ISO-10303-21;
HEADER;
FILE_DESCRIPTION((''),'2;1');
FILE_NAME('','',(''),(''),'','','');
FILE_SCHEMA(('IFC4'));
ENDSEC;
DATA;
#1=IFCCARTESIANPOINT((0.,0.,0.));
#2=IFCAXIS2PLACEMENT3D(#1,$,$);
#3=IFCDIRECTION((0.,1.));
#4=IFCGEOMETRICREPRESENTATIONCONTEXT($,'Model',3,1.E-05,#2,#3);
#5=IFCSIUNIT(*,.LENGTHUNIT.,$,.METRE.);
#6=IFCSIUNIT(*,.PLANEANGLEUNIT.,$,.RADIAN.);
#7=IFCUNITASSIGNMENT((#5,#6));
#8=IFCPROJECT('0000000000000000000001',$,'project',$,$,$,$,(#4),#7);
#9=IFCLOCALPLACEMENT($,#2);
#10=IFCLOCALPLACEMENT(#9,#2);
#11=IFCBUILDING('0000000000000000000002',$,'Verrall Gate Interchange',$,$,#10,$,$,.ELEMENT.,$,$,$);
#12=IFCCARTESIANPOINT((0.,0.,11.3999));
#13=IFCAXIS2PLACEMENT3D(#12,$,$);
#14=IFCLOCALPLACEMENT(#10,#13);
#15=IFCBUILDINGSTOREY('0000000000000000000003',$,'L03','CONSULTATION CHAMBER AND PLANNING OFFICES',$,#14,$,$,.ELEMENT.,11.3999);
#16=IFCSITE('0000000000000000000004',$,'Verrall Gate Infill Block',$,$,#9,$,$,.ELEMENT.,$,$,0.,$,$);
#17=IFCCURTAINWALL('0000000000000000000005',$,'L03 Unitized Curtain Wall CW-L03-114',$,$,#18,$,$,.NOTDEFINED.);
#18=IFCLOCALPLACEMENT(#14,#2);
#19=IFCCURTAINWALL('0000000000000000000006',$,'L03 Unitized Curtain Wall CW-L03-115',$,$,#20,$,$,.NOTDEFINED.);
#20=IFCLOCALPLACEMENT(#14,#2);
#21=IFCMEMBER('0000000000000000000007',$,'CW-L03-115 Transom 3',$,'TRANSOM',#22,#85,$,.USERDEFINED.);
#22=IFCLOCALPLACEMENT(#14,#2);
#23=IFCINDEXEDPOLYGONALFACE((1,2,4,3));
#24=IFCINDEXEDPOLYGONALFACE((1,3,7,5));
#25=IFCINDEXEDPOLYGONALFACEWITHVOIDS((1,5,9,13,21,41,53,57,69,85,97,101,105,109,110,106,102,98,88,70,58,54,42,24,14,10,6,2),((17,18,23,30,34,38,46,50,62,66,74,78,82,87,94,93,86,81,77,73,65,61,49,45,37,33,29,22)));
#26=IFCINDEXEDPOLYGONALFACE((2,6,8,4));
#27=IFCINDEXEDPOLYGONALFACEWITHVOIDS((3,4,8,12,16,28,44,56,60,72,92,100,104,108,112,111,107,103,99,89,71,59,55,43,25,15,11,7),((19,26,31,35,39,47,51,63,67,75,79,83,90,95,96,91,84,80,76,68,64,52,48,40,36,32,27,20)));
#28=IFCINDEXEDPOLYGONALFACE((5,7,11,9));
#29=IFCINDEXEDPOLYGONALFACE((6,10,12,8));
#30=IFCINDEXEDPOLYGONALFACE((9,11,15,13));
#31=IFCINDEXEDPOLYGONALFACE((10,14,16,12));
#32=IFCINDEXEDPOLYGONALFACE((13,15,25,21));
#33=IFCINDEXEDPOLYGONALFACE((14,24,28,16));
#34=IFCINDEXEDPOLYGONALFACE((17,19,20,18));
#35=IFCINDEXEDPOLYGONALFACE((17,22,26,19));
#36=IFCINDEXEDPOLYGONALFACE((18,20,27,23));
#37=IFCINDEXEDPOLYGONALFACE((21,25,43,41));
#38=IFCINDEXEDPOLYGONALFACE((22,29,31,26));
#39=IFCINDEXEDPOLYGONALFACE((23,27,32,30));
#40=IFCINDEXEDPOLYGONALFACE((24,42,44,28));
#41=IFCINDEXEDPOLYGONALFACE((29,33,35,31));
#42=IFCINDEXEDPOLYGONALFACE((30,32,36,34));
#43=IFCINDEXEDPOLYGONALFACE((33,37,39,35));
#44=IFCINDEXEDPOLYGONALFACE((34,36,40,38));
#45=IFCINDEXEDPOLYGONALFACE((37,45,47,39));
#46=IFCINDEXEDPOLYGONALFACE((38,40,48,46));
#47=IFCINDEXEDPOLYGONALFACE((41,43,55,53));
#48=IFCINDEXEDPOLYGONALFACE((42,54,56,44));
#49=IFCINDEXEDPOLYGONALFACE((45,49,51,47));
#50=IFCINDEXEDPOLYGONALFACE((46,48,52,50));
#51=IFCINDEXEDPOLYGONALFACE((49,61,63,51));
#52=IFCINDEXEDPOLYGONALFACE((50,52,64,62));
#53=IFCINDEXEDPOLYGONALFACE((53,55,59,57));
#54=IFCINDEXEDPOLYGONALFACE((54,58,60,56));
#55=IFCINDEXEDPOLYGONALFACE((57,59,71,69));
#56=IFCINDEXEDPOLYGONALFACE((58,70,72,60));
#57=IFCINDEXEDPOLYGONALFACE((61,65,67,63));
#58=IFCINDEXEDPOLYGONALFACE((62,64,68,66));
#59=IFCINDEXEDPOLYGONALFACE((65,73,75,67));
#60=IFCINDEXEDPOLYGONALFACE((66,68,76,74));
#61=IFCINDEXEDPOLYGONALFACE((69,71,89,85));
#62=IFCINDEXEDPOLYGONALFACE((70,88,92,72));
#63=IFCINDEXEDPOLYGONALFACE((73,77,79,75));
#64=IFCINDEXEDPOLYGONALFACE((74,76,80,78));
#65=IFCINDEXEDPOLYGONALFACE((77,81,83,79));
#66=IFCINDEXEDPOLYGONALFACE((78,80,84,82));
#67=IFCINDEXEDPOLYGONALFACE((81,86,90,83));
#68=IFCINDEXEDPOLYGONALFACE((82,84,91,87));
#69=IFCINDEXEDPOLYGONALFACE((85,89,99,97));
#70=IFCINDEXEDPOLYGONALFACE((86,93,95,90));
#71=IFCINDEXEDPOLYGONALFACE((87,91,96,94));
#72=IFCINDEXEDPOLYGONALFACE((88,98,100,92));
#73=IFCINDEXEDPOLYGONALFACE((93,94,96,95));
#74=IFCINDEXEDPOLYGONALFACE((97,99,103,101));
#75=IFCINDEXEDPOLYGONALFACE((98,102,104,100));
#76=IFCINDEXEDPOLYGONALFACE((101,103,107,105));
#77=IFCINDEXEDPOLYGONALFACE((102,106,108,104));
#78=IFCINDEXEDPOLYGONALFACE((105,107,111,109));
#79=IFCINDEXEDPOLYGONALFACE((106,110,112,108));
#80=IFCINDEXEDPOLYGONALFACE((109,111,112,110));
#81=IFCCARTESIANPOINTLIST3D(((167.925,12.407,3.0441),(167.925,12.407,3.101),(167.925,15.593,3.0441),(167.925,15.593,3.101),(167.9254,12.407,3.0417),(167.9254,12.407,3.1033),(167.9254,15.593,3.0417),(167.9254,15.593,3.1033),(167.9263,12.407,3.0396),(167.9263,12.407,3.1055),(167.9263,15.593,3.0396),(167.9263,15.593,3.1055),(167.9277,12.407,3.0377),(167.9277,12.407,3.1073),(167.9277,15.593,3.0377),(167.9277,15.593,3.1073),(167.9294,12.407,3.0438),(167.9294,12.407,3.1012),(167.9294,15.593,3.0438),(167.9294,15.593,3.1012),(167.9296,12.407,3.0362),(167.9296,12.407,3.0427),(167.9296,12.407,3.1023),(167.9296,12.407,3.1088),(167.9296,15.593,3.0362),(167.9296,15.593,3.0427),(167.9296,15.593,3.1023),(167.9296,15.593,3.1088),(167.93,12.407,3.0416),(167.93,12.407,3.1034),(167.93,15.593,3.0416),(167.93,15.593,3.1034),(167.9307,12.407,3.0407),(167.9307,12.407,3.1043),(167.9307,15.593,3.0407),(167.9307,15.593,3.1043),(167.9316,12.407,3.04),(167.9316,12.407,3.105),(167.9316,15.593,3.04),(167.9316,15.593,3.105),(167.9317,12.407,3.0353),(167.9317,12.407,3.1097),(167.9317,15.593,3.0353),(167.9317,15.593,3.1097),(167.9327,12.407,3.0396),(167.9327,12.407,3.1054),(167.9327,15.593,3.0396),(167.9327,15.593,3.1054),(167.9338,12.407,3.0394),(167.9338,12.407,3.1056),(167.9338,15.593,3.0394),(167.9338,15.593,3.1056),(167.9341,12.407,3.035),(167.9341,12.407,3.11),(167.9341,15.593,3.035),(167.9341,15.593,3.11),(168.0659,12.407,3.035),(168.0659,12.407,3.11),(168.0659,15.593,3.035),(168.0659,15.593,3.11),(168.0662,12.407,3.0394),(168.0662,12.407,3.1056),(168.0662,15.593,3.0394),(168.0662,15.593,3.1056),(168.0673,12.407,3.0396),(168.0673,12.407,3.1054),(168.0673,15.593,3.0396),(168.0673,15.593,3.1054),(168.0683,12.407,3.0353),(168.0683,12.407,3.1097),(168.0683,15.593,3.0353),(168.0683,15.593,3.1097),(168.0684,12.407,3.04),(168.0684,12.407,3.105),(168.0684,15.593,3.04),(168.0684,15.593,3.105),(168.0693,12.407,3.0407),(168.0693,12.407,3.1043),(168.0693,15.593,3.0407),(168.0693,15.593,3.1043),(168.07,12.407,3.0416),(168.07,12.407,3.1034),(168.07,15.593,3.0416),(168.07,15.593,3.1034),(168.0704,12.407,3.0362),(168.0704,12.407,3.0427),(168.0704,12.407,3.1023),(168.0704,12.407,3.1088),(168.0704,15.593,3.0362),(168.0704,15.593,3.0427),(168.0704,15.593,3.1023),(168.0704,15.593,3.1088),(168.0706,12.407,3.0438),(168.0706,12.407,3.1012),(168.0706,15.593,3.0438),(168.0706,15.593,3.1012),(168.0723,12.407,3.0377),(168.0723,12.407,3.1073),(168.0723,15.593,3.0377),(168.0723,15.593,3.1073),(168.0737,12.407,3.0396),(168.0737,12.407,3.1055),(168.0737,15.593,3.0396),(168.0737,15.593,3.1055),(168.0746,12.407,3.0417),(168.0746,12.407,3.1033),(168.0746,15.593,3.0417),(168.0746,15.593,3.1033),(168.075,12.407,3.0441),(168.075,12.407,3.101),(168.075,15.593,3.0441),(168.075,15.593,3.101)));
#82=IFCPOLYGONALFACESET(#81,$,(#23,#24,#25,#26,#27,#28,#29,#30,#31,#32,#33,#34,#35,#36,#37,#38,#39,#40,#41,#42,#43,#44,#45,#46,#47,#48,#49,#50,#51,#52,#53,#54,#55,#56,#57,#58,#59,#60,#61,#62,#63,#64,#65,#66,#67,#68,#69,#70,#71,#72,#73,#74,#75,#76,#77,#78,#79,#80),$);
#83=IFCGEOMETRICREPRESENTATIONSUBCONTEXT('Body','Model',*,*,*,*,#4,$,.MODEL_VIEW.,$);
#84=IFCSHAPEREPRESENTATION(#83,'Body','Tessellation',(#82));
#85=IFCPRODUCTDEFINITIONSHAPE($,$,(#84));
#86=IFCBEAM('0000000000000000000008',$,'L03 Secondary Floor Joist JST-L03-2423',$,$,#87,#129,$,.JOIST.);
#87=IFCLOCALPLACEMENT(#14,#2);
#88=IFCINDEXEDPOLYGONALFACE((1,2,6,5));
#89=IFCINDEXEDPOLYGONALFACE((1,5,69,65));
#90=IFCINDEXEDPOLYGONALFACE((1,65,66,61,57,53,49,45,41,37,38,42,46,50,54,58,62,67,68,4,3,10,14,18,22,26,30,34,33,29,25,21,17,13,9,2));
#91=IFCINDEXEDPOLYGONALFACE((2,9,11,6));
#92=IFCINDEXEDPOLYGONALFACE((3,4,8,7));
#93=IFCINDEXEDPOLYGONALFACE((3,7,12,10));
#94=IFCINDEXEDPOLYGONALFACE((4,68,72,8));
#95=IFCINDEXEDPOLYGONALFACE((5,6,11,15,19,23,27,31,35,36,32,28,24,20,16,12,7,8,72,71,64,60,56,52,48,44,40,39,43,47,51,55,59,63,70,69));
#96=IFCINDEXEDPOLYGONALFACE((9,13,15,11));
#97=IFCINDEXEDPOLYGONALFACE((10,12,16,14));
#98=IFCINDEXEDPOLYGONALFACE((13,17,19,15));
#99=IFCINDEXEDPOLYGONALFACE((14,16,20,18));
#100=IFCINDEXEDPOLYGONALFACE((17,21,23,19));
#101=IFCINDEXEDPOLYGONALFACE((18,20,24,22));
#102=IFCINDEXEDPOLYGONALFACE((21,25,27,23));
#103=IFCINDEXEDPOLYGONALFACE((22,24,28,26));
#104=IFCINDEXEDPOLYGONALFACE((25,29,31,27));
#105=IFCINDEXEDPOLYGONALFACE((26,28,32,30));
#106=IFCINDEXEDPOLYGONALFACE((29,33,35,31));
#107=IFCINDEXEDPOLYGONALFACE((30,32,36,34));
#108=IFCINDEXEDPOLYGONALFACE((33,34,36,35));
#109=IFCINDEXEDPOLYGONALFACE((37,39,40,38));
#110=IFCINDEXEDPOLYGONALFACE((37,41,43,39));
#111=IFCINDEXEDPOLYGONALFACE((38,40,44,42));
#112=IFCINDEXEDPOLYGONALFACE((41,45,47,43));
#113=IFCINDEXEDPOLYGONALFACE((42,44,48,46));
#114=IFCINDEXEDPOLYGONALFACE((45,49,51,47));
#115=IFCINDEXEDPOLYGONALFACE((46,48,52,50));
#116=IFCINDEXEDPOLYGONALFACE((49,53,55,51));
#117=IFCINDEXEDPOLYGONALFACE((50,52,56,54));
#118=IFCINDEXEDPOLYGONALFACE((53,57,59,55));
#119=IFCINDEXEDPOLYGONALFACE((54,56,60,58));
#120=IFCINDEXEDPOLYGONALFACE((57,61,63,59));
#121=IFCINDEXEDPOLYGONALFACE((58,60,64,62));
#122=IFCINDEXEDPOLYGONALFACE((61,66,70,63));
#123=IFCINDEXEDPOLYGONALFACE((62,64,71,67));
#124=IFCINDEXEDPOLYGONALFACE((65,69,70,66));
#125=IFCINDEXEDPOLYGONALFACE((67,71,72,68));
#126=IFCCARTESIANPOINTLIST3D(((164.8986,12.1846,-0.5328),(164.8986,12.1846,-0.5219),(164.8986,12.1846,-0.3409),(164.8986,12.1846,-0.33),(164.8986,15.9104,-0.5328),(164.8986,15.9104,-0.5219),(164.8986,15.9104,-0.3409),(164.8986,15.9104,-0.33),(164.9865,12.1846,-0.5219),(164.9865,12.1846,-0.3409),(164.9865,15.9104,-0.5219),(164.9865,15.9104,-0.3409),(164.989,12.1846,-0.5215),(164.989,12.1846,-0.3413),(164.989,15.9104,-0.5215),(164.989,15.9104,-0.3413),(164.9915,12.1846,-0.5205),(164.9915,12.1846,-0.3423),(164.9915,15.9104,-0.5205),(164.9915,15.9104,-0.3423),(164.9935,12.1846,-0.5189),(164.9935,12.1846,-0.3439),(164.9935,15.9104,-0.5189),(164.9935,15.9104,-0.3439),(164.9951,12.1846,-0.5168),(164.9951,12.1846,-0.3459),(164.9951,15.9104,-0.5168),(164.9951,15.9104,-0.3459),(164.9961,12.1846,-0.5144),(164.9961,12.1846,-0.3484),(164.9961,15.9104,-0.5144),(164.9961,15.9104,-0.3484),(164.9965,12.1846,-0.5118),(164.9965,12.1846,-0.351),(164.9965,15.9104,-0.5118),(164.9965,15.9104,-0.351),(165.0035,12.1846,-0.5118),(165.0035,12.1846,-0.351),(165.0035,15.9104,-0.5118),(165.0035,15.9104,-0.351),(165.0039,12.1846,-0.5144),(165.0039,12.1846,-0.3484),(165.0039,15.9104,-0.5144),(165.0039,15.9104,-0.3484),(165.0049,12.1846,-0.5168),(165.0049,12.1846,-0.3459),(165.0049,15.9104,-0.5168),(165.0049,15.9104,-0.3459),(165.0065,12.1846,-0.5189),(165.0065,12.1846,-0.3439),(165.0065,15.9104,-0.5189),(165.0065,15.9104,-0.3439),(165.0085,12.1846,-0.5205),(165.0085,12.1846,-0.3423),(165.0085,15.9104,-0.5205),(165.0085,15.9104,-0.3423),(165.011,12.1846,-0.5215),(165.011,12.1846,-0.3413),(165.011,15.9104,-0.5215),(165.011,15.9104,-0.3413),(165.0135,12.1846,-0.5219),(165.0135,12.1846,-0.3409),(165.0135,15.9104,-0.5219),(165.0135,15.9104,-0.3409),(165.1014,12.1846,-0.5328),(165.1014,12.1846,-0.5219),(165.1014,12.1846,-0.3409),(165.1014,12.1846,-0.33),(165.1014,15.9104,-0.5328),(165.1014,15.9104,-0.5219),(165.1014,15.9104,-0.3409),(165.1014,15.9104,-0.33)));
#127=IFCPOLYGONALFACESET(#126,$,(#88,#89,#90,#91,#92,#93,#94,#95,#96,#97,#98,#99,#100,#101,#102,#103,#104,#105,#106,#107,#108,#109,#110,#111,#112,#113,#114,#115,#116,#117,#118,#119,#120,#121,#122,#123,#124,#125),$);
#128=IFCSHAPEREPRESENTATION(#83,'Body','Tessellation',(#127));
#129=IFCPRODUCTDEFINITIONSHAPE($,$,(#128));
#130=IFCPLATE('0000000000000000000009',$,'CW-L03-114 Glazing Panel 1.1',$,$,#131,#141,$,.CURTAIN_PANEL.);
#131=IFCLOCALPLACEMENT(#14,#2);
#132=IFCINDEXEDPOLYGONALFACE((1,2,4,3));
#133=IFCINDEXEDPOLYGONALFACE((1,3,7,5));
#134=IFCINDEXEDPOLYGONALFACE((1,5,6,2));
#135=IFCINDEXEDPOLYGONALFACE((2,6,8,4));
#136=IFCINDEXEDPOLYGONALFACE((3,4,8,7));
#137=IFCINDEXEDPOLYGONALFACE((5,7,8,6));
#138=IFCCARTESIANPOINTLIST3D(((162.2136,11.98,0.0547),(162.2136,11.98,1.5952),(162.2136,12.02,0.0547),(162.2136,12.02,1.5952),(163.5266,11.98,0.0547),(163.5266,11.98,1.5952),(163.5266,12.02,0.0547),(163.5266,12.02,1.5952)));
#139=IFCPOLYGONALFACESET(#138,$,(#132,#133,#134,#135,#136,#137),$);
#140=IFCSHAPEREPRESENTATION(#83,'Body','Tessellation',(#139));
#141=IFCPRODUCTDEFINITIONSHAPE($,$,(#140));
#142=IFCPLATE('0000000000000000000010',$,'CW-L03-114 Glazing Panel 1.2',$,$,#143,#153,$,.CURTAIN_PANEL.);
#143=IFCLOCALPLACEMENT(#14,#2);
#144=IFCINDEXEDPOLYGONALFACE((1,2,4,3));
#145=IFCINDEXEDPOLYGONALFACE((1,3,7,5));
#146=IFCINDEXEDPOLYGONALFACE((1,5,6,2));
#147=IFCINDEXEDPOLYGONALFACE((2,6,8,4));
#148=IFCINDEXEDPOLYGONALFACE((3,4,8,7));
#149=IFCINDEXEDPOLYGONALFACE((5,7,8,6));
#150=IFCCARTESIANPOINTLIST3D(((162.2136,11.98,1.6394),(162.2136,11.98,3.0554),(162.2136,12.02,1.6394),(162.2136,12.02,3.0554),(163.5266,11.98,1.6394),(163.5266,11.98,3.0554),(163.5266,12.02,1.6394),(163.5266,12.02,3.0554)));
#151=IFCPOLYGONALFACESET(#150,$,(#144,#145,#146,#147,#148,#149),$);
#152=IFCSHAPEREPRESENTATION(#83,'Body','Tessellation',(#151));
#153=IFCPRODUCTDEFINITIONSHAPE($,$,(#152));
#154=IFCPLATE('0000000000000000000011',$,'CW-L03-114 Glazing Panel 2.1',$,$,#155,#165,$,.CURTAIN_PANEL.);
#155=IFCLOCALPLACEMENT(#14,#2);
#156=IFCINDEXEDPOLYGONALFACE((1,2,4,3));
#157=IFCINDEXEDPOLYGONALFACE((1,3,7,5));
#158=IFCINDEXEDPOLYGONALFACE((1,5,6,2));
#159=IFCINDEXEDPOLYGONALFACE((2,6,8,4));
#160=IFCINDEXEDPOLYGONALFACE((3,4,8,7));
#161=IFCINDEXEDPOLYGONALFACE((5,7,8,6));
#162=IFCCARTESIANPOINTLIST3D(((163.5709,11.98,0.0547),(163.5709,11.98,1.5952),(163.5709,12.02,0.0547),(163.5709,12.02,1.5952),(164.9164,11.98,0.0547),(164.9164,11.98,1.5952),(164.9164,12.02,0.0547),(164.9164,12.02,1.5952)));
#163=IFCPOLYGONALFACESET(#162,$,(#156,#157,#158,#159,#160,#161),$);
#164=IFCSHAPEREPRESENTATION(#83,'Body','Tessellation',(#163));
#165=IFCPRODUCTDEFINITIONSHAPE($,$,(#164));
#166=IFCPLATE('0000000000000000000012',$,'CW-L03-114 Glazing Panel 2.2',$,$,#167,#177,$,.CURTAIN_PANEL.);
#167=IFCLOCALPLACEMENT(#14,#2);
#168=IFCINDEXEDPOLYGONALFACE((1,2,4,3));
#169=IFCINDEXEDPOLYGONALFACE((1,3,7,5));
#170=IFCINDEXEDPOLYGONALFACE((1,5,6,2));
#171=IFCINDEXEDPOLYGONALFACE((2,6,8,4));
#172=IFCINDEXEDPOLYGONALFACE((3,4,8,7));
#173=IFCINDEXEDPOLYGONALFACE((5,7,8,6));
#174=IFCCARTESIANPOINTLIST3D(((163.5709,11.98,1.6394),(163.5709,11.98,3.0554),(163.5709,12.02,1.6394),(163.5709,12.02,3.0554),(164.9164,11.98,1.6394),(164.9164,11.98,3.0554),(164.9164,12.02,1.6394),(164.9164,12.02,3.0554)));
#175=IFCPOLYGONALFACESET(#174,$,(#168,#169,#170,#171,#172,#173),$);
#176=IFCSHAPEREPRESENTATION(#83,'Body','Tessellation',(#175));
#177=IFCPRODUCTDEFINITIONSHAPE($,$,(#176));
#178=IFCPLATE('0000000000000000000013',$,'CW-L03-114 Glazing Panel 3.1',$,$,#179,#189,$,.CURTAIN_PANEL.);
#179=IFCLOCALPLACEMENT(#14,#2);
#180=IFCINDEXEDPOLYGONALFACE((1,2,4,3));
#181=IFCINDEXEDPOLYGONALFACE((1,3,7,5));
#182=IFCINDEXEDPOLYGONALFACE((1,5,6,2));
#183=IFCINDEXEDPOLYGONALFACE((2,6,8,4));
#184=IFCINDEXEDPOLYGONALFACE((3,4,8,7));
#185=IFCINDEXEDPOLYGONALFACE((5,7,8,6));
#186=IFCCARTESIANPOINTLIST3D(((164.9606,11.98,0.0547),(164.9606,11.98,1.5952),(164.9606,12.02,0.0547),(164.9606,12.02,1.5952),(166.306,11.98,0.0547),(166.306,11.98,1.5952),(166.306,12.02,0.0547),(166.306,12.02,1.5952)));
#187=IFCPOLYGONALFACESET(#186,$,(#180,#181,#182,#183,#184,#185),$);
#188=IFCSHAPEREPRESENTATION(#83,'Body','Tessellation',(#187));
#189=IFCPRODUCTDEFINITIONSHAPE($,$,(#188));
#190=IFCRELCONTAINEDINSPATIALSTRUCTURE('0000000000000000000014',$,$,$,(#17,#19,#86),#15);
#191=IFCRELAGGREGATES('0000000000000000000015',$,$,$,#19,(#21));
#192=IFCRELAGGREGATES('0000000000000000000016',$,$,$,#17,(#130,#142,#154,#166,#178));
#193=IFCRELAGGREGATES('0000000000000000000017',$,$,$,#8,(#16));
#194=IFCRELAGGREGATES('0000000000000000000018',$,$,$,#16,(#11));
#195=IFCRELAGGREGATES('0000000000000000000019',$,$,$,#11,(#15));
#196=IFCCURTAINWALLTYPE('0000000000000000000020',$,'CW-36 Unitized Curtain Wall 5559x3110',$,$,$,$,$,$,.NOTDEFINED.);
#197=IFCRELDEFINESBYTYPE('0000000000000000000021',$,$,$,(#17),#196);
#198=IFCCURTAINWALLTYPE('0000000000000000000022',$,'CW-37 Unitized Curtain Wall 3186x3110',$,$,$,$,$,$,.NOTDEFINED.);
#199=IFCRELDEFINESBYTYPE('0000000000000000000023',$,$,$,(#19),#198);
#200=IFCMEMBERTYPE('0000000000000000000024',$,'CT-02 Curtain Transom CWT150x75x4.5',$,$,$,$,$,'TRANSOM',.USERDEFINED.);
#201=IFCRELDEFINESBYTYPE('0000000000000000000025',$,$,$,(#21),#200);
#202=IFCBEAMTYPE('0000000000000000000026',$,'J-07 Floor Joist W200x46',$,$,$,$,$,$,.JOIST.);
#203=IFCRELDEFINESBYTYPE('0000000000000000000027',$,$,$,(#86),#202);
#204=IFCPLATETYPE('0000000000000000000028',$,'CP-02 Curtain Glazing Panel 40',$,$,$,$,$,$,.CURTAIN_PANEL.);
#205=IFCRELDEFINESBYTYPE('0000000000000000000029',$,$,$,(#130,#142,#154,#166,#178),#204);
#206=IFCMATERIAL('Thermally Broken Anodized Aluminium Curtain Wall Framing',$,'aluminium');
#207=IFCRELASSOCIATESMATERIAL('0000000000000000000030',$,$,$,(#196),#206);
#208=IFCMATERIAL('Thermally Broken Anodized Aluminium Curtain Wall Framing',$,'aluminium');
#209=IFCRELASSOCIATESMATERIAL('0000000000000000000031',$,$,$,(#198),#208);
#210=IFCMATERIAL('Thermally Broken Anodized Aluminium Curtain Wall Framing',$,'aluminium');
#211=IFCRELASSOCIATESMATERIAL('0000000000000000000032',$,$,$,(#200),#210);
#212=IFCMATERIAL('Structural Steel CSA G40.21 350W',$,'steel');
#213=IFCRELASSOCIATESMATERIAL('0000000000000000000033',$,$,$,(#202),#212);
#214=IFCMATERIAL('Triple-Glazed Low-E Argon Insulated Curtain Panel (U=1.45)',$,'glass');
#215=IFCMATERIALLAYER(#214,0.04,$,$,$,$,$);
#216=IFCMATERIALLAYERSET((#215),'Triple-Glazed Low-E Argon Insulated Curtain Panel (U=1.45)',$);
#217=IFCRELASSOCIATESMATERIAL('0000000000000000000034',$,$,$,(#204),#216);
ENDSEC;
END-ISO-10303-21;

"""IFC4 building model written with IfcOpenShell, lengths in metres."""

from ifc_helpers import new_model, si_unit, direction, frame, origin, origin_2d, place, context, subcontext, project, spatial, rectangle, hollow_rectangle, i_section, extrude, material, layer, layer_set, material_profile, profile_set, type_object, element, aggregate, save


model = new_model("IFC4")

# Units and contexts
model_context = context("Model", 3, precision=1e-05, world=origin(), true_north=direction((0.0, 1.0)))
body_context = subcontext(model_context, "Body", "Model", "MODEL_VIEW")
ifc_project = project(units=[si_unit("LENGTHUNIT", "METRE"), si_unit("PLANEANGLEUNIT", "RADIAN")], contexts=[model_context])

# Site, building, storey
site_placement = place(None, origin())
site = spatial("IfcSite", under=ifc_project, at=site_placement, Name="Verrall Gate Infill Block", CompositionType="ELEMENT", RefElevation=0.0)
building_placement = place(site_placement, origin())
building = spatial("IfcBuilding", under=site, at=building_placement, Name="Verrall Gate Interchange", CompositionType="ELEMENT")
storey_placement = place(building_placement, frame((0.0, 0.0, 11.3999)))
storey = spatial("IfcBuildingStorey", under=building, at=storey_placement, Name="L03", Description="CONSULTATION CHAMBER AND PLANNING OFFICES", CompositionType="ELEMENT", Elevation=11.3999)

# Curtain wall
ifc_material_1 = material(Name="Thermally Broken Anodized Aluminium Curtain Wall Framing", Category="aluminium")
curtain_wall_type_1 = type_object("IfcCurtainWallType", Name="CW-36 Unitized Curtain Wall 5559x3110", PredefinedType="NOTDEFINED", material=ifc_material_1)
curtain_wall_1_placement = place(storey_placement, origin())
curtain_wall_1 = element("IfcCurtainWall", 1, at=curtain_wall_1_placement, inside=storey, type_object=curtain_wall_type_1, Name="L03 Unitized Curtain Wall CW-L03-114", PredefinedType="NOTDEFINED")

# Curtain wall
ifc_material_2 = material(Name="Thermally Broken Anodized Aluminium Curtain Wall Framing", Category="aluminium")
curtain_wall_type_2 = type_object("IfcCurtainWallType", Name="CW-37 Unitized Curtain Wall 3186x3110", PredefinedType="NOTDEFINED", material=ifc_material_2)
curtain_wall_2_placement = place(storey_placement, origin())
curtain_wall_2 = element("IfcCurtainWall", 2, at=curtain_wall_2_placement, inside=storey, type_object=curtain_wall_type_2, Name="L03 Unitized Curtain Wall CW-L03-115", PredefinedType="NOTDEFINED")

# Member
ifc_material_3 = material(Name="Thermally Broken Anodized Aluminium Curtain Wall Framing", Category="aluminium")
ifc_material_profile_1 = material_profile(ifc_material_3, hollow_rectangle(XDim=0.1499, YDim=0.075, WallThickness=0.0044, InnerFilletRadius=0.0044, OuterFilletRadius=0.009, at=origin_2d()), Name="CWT150x75x4.5")
ifc_profile_set_1 = profile_set([ifc_material_profile_1], Name="Thermally Broken Anodized Aluminium Curtain Wall Framing")
member_type_1 = type_object("IfcMemberType", Name="CT-02 Curtain Transom CWT150x75x4.5", ElementType="TRANSOM", PredefinedType="USERDEFINED", material=ifc_profile_set_1)
member_1_placement = place(storey_placement, frame((168.0, 12.407, 3.0725), z_axis=(0.0, 1.0, 0.0), x_axis=(-1.0, 0.0, 0.0)))
member_1 = element("IfcMember", 3, at=member_1_placement, type_object=member_type_1, Name="CW-L03-115 Transom 3", ObjectType="TRANSOM", PredefinedType="USERDEFINED", context=body_context, shape_type="SweptSolid", body=[
    extrude(hollow_rectangle(XDim=0.1499, YDim=0.075, WallThickness=0.0044, InnerFilletRadius=0.0044, OuterFilletRadius=0.009, at=origin_2d()), origin(), (0.0, 0.0, 1.0), 3.186),
])
aggregate(curtain_wall_2, [member_1])

# Beam
ifc_material_4 = material(Name="Structural Steel CSA G40.21 350W", Category="steel")
ifc_material_profile_2 = material_profile(ifc_material_4, i_section(OverallWidth=0.2029, OverallDepth=0.2029, WebThickness=0.0071, FlangeThickness=0.011, FilletRadius=0.01, at=origin_2d()), Name="W200x46")
ifc_profile_set_2 = profile_set([ifc_material_profile_2], Name="Structural Steel CSA G40.21 350W")
beam_type_1 = type_object("IfcBeamType", Name="J-07 Floor Joist W200x46", PredefinedType="JOIST", material=ifc_profile_set_2)
beam_1_placement = place(storey_placement, frame((165.0, 12.1846, -0.4314), z_axis=(0.0, 1.0, 0.0), x_axis=(-1.0, 0.0, 0.0)))
element("IfcBeam", 4, at=beam_1_placement, inside=storey, type_object=beam_type_1, Name="L03 Secondary Floor Joist JST-L03-2423", PredefinedType="JOIST", context=body_context, shape_type="SweptSolid", body=[
    extrude(i_section(OverallWidth=0.2029, OverallDepth=0.2029, WebThickness=0.0071, FlangeThickness=0.011, FilletRadius=0.01, at=origin_2d()), origin(), (0.0, 0.0, 1.0), 3.7258),
])

# Plates
ifc_material_5 = material(Name="Triple-Glazed Low-E Argon Insulated Curtain Panel (U=1.45)", Category="glass")
ifc_layer = layer(ifc_material_5, 0.04)
ifc_layer_set = layer_set([ifc_layer], Name="Triple-Glazed Low-E Argon Insulated Curtain Panel (U=1.45)")
plate_type = type_object("IfcPlateType", Name="CP-02 Curtain Glazing Panel 40", PredefinedType="CURTAIN_PANEL", material=ifc_layer_set)
plate_1_placement = place(storey_placement, frame((162.8701, 12.0, 0.0547), z_axis=(0.0, 0.0, 1.0), x_axis=(1.0, 0.0, 0.0)))
plate_1 = element("IfcPlate", 5, at=plate_1_placement, type_object=plate_type, Name="CW-L03-114 Glazing Panel 1.1", PredefinedType="CURTAIN_PANEL", context=body_context, shape_type="SweptSolid", body=[
    extrude(rectangle(XDim=1.313, YDim=0.04, at=origin_2d()), origin(), (0.0, 0.0, 1.0), 1.5405),
])
plate_2_placement = place(storey_placement, frame((162.8701, 12.0, 1.6394), z_axis=(0.0, 0.0, 1.0), x_axis=(1.0, 0.0, 0.0)))
plate_2 = element("IfcPlate", 6, at=plate_2_placement, type_object=plate_type, Name="CW-L03-114 Glazing Panel 1.2", PredefinedType="CURTAIN_PANEL", context=body_context, shape_type="SweptSolid", body=[
    extrude(rectangle(XDim=1.313, YDim=0.04, at=origin_2d()), origin(), (0.0, 0.0, 1.0), 1.416),
])
plate_3_placement = place(storey_placement, frame((164.2437, 12.0, 0.0547), z_axis=(0.0, 0.0, 1.0), x_axis=(1.0, 0.0, 0.0)))
plate_3 = element("IfcPlate", 7, at=plate_3_placement, type_object=plate_type, Name="CW-L03-114 Glazing Panel 2.1", PredefinedType="CURTAIN_PANEL", context=body_context, shape_type="SweptSolid", body=[
    extrude(rectangle(XDim=1.3455, YDim=0.04, at=origin_2d()), origin(), (0.0, 0.0, 1.0), 1.5405),
])
plate_4_placement = place(storey_placement, frame((164.2437, 12.0, 1.6394), z_axis=(0.0, 0.0, 1.0), x_axis=(1.0, 0.0, 0.0)))
plate_4 = element("IfcPlate", 8, at=plate_4_placement, type_object=plate_type, Name="CW-L03-114 Glazing Panel 2.2", PredefinedType="CURTAIN_PANEL", context=body_context, shape_type="SweptSolid", body=[
    extrude(rectangle(XDim=1.3455, YDim=0.04, at=origin_2d()), origin(), (0.0, 0.0, 1.0), 1.416),
])
plate_5_placement = place(storey_placement, frame((165.6333, 12.0, 0.0547), z_axis=(0.0, 0.0, 1.0), x_axis=(1.0, 0.0, 0.0)))
plate_5 = element("IfcPlate", 9, at=plate_5_placement, type_object=plate_type, Name="CW-L03-114 Glazing Panel 3.1", PredefinedType="CURTAIN_PANEL", context=body_context, shape_type="SweptSolid", body=[
    extrude(rectangle(XDim=1.3455, YDim=0.04, at=origin_2d()), origin(), (0.0, 0.0, 1.0), 1.5405),
])
aggregate(curtain_wall_1, [plate_1, plate_2, plate_3, plate_4, plate_5])

save(model, "model.ifc")
